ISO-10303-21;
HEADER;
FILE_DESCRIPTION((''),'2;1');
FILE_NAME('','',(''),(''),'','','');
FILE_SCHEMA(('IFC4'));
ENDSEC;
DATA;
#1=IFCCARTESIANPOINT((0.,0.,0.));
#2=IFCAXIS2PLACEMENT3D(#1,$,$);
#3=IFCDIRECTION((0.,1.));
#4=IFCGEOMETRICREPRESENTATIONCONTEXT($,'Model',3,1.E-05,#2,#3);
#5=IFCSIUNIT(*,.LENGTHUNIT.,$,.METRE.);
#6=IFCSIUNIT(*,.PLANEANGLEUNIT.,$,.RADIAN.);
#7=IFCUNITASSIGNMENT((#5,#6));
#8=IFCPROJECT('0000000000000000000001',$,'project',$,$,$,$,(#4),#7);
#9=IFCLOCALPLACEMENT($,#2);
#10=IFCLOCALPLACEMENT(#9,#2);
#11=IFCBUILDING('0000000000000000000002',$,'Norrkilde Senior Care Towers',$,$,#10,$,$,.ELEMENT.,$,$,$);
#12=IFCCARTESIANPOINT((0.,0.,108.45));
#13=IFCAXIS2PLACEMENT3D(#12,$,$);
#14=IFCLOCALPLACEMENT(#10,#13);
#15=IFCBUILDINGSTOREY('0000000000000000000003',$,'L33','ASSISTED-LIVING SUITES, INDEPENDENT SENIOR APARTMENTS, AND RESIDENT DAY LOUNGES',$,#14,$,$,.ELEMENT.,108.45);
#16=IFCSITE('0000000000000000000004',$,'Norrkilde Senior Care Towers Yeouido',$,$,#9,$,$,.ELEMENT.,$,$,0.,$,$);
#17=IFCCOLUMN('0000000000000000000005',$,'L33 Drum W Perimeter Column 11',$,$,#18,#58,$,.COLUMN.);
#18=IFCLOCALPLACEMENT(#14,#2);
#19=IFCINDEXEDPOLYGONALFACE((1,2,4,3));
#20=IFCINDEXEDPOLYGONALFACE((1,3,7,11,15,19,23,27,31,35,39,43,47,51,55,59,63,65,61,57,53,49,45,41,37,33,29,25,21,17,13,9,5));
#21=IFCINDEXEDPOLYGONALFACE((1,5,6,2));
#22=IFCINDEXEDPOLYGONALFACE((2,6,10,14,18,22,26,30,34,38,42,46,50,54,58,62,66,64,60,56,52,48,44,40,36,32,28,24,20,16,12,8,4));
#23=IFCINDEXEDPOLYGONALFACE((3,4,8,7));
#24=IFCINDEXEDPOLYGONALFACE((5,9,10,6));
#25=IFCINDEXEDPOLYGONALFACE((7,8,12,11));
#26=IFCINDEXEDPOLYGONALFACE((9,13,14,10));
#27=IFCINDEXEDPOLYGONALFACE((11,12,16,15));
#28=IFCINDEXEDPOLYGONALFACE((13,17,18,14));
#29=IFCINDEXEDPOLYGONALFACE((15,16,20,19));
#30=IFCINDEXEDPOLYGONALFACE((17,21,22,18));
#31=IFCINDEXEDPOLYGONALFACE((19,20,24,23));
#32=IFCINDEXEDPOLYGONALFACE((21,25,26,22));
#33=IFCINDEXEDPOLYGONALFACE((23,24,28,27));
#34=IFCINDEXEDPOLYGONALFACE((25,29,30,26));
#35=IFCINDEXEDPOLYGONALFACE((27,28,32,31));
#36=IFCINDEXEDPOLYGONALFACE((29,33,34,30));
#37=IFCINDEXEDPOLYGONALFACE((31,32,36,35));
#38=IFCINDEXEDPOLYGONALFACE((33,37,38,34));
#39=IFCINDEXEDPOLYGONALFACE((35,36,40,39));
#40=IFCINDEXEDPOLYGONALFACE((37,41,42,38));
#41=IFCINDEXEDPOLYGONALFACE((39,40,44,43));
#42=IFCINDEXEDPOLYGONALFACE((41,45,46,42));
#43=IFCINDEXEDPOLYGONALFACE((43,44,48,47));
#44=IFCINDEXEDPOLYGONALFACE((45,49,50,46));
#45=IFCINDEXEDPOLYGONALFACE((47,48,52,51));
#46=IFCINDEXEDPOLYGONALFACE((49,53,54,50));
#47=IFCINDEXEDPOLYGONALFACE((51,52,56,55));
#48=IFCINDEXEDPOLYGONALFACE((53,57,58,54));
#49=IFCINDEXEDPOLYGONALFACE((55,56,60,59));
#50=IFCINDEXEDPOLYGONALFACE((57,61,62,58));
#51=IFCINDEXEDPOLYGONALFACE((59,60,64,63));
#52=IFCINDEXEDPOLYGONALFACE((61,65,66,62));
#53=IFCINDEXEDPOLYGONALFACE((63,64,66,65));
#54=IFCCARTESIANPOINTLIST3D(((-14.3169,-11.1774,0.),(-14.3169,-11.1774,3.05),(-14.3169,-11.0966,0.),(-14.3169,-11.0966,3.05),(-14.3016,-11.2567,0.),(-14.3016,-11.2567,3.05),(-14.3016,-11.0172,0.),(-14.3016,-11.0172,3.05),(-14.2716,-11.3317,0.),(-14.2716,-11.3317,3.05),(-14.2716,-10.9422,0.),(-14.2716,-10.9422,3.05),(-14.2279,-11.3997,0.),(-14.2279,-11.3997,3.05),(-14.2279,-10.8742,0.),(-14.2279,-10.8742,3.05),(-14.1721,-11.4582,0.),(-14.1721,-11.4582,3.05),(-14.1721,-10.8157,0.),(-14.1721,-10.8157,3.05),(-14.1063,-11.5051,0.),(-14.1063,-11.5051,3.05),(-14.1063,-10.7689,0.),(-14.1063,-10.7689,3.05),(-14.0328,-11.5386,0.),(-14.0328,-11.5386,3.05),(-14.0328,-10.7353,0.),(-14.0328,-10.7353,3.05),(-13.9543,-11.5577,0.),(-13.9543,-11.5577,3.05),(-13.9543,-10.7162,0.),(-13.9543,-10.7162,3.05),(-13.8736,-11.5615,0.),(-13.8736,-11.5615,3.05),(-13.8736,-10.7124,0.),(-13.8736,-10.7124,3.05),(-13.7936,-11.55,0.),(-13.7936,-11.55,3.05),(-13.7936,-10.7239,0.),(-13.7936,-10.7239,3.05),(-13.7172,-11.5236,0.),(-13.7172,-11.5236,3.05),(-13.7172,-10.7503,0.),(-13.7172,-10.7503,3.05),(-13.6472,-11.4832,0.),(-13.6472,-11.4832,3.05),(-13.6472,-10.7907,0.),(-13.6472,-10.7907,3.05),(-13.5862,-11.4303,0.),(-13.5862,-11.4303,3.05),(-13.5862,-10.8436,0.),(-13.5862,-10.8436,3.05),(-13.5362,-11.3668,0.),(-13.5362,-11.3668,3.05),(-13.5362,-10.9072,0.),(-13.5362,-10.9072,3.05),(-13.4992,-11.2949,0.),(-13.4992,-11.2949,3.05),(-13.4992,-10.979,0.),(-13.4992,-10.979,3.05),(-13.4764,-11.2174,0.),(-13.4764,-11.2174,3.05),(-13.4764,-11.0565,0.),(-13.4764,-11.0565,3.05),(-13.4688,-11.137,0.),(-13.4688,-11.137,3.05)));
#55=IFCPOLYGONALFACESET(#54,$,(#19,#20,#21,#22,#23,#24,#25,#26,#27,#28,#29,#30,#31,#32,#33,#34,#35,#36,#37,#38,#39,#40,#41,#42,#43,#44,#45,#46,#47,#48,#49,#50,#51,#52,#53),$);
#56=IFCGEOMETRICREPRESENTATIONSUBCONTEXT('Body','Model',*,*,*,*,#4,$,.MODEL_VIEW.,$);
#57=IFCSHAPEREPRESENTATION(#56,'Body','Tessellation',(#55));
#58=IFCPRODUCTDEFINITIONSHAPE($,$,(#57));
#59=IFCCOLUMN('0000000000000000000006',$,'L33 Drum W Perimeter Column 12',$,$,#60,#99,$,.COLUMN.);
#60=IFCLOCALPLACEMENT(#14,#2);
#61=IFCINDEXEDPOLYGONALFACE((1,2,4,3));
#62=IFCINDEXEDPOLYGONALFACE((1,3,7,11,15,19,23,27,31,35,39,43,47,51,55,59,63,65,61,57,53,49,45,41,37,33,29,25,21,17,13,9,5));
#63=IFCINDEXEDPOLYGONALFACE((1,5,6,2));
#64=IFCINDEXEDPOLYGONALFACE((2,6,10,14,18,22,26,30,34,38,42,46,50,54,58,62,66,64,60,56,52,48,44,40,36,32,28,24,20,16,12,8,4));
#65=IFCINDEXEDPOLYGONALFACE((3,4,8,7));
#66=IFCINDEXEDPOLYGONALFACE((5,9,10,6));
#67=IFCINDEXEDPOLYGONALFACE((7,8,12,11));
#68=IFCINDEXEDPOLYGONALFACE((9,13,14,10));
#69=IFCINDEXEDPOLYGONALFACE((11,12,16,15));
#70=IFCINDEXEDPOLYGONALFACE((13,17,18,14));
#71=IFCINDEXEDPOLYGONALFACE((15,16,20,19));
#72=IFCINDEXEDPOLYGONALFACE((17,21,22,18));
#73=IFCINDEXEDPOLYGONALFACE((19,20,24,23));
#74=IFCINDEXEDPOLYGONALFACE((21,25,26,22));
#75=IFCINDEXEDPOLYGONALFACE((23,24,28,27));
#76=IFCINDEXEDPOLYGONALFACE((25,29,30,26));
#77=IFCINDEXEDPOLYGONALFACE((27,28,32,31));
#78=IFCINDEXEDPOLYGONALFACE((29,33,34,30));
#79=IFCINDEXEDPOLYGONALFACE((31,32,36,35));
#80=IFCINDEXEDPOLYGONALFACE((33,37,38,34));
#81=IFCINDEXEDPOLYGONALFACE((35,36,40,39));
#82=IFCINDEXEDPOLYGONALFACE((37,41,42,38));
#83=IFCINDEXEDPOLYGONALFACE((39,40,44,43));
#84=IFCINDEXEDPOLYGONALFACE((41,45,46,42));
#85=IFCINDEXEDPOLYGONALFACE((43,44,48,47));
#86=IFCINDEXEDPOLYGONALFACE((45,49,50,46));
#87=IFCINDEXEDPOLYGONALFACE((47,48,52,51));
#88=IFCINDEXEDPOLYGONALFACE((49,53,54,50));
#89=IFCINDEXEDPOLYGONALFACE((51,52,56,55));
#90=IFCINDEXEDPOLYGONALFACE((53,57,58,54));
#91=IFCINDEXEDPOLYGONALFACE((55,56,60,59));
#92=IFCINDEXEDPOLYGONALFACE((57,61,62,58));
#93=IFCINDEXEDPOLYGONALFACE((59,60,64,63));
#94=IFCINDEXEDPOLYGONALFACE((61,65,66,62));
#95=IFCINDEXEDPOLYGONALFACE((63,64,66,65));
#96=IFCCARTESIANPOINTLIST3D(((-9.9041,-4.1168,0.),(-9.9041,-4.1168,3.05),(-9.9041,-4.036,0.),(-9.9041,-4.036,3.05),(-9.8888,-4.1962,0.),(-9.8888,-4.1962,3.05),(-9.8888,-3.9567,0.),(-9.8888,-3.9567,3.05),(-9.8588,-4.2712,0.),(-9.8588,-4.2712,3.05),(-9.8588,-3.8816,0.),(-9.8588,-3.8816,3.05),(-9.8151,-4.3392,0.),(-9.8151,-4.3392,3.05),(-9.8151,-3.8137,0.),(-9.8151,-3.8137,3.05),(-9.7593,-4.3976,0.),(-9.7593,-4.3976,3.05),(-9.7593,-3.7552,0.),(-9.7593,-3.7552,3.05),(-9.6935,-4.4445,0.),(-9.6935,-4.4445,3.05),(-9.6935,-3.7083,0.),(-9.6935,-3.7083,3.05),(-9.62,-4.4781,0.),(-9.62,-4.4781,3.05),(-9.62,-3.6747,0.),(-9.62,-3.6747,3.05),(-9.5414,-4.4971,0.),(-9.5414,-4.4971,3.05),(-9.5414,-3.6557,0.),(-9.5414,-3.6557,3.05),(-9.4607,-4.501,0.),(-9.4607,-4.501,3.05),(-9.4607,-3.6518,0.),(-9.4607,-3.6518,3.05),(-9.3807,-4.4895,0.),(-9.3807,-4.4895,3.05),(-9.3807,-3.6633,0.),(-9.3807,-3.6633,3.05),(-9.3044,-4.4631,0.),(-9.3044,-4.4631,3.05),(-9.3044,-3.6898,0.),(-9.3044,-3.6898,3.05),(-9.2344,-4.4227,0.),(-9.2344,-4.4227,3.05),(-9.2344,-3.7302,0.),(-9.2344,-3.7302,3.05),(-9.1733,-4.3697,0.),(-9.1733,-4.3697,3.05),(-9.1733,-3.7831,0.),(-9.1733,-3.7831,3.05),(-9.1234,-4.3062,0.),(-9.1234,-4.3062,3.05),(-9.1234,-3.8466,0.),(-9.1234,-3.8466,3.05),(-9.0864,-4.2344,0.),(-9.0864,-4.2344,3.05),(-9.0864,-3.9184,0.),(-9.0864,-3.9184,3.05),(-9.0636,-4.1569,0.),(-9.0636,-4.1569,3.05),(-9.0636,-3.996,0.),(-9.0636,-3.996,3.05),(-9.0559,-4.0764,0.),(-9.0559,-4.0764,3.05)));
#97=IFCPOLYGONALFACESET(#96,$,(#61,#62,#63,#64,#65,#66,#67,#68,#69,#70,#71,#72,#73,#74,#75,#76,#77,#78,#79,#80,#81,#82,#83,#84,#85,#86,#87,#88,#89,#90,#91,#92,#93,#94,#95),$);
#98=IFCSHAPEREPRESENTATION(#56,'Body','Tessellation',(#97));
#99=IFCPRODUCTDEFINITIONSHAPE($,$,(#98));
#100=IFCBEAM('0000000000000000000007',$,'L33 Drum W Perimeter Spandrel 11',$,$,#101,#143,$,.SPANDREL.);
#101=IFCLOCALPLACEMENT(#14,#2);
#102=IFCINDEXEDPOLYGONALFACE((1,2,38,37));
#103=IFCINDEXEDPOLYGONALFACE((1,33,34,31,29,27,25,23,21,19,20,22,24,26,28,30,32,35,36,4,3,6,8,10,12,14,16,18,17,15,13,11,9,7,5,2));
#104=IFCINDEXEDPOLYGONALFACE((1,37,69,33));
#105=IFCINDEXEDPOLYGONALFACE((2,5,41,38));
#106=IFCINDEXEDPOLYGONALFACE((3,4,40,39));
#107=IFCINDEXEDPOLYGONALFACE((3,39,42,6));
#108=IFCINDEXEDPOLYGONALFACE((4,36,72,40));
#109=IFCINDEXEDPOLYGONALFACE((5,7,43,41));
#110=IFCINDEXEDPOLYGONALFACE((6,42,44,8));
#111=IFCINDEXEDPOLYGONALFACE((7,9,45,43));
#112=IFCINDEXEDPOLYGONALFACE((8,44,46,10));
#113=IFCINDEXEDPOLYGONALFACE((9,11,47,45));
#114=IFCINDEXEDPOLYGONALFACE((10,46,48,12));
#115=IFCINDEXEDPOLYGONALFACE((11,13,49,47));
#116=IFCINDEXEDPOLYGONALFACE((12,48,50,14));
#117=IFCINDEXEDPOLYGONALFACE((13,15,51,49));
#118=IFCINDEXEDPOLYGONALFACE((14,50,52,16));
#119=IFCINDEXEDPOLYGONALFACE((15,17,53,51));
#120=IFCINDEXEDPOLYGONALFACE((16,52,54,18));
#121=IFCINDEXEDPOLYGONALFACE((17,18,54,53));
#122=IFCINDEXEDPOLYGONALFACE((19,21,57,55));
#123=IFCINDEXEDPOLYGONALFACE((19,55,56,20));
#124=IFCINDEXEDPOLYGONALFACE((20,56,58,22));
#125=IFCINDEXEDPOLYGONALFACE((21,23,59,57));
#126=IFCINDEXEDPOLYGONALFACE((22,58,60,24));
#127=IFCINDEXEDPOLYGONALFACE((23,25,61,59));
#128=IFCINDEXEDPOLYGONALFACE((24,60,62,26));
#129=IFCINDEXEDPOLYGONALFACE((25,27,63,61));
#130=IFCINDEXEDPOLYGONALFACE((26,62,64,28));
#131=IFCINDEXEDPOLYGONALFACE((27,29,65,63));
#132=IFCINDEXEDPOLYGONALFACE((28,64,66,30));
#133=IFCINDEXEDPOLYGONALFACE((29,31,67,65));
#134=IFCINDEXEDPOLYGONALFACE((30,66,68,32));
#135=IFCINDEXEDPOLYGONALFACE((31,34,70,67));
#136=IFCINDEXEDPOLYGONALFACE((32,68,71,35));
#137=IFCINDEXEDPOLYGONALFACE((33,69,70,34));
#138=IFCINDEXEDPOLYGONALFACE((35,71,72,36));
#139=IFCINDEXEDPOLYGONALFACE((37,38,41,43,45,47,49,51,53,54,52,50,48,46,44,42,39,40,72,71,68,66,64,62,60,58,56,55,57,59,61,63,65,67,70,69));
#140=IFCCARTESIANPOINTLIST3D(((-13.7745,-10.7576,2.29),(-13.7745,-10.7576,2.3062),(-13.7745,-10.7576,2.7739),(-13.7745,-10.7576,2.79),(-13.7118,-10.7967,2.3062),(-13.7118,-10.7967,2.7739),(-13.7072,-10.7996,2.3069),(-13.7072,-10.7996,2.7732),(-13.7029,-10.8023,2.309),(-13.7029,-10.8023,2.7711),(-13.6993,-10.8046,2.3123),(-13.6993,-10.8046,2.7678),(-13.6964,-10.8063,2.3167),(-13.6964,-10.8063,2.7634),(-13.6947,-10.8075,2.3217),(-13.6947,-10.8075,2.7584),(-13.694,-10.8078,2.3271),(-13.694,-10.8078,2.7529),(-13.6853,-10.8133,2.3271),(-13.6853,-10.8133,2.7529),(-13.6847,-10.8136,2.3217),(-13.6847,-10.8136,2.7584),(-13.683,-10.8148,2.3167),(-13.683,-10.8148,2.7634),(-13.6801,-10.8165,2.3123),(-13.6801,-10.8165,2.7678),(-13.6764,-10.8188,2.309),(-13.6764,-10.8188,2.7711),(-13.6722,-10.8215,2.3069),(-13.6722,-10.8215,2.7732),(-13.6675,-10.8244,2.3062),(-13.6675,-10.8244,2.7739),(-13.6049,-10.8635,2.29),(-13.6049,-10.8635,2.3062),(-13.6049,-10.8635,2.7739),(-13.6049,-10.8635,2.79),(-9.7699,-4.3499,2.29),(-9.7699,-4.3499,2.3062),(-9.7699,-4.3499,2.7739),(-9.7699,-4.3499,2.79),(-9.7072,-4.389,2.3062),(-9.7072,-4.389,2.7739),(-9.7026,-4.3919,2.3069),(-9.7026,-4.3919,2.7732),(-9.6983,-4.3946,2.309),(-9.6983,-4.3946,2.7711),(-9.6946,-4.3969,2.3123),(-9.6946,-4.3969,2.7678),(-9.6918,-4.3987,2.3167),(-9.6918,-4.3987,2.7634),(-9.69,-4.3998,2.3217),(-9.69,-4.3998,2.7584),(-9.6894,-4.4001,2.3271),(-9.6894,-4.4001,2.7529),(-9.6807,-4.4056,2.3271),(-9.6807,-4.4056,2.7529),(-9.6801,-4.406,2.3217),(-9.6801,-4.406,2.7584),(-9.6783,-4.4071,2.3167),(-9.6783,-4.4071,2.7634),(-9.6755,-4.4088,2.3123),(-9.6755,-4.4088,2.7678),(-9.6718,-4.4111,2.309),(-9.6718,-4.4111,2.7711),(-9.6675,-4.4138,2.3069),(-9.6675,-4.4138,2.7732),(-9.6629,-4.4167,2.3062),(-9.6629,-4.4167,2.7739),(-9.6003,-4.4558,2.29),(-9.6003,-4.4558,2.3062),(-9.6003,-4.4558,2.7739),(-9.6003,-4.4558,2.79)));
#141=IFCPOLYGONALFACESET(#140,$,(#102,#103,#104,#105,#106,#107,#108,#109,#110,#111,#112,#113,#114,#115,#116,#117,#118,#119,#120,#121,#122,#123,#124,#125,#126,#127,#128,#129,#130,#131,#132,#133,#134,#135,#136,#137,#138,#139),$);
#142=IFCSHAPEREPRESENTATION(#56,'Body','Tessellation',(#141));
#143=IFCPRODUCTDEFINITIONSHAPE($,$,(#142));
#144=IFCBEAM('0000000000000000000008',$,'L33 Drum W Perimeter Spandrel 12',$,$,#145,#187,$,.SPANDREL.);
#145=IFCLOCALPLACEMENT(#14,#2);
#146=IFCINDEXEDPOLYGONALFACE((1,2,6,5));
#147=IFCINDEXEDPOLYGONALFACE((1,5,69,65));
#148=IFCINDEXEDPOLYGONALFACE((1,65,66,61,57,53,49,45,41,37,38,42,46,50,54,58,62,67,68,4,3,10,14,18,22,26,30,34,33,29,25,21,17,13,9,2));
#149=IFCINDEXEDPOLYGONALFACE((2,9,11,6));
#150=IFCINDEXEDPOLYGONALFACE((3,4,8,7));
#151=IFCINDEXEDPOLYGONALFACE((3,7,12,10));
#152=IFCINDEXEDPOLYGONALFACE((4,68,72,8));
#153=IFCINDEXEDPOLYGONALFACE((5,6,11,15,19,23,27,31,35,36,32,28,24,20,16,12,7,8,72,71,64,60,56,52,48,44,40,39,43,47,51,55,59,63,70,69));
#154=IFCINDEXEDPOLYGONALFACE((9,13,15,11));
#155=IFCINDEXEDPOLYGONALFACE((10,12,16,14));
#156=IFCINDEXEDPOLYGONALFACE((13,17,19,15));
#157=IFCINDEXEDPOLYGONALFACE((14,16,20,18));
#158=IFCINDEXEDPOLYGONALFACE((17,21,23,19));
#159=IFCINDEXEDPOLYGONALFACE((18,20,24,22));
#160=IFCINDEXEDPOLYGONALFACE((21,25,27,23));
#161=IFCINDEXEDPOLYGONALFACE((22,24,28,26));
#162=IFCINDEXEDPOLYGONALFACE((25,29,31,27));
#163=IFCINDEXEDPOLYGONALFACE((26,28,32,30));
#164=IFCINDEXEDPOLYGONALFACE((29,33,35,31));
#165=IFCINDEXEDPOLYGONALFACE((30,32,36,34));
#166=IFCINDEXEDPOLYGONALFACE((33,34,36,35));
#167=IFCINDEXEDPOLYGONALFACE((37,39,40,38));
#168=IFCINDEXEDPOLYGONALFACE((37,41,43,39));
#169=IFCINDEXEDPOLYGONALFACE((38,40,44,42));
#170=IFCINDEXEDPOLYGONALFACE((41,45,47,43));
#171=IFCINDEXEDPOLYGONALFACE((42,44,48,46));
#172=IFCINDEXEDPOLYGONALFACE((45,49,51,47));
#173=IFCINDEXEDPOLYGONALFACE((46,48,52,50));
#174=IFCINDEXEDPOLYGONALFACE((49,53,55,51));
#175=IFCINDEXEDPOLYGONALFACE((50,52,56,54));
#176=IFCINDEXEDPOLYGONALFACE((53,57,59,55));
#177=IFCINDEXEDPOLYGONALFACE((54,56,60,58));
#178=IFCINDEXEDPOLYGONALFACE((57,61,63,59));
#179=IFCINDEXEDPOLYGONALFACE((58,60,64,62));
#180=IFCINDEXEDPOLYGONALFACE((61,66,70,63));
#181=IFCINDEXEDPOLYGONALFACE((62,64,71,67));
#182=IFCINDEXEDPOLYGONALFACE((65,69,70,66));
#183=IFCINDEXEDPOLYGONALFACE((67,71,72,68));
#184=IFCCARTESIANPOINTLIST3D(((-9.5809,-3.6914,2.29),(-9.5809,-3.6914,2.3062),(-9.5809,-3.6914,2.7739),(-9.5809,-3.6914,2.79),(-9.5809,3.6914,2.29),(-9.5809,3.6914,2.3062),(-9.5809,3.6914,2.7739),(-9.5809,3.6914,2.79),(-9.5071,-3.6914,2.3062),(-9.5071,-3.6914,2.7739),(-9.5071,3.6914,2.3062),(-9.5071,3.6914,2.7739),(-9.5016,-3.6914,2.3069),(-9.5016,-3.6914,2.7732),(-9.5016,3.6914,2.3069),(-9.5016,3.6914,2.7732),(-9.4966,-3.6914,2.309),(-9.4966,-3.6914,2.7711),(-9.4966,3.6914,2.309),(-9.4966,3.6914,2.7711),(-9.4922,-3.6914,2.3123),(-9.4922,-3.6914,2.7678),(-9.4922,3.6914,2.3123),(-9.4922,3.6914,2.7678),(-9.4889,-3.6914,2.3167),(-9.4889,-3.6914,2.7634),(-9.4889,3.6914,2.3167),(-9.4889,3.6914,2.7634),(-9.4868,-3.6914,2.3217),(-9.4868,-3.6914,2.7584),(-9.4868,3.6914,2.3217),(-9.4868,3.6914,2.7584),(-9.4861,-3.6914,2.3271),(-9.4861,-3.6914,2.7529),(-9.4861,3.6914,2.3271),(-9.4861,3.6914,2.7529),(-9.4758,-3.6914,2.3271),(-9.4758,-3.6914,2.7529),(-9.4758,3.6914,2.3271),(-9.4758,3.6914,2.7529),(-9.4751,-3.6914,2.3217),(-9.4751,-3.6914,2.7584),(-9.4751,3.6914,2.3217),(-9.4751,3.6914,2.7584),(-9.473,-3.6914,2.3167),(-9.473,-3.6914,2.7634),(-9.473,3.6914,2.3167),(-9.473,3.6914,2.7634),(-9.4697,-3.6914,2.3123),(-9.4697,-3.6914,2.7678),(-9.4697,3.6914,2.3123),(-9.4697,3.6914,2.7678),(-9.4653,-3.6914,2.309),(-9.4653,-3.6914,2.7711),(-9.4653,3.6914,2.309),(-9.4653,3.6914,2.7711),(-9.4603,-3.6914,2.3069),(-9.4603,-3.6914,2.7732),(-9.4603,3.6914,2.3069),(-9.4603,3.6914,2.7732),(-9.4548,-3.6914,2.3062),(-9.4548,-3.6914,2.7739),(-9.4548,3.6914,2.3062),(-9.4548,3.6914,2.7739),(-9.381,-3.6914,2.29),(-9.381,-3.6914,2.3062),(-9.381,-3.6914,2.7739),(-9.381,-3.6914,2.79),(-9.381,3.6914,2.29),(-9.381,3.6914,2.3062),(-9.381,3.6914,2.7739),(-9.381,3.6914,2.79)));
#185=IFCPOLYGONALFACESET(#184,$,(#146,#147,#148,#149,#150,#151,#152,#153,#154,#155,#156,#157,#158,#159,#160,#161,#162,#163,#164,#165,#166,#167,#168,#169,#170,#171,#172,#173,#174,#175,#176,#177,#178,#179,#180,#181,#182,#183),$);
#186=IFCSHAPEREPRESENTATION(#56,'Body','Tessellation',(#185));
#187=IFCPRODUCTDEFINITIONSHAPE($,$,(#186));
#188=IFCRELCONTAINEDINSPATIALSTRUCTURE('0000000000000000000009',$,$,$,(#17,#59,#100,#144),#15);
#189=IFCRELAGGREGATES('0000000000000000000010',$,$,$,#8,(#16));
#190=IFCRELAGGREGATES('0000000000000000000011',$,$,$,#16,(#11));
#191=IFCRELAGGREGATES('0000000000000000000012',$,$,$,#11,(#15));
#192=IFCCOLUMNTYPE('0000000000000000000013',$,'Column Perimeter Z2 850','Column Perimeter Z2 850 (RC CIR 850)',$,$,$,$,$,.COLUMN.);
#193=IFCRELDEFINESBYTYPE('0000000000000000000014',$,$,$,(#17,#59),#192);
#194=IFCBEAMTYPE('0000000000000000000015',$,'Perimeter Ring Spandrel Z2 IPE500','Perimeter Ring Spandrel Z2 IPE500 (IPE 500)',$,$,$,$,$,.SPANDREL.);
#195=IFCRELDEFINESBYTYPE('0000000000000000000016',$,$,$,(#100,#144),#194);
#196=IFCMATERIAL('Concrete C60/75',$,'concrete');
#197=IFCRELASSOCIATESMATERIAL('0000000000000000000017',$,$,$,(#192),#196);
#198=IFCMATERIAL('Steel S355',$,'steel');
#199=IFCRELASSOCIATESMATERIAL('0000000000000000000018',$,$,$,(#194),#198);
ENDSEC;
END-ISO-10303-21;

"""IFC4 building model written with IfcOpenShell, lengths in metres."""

from ifc_helpers import new_model, si_unit, direction, frame, origin, origin_2d, place, context, subcontext, project, spatial, circle, i_section, extrude, source, transform, mapped, material, material_profile, profile_set, type_object, type_shapes, element, save


model = new_model("IFC4")

# Units and contexts
model_context = context("Model", 3, precision=1e-05, world=origin(), true_north=direction((0.0, 1.0)))
body_context = subcontext(model_context, "Body", "Model", "MODEL_VIEW")
ifc_project = project(units=[si_unit("LENGTHUNIT", "METRE"), si_unit("PLANEANGLEUNIT", "RADIAN")], contexts=[model_context])

# Site, building, storey
site_placement = place(None, origin())
site = spatial("IfcSite", under=ifc_project, at=site_placement, Name="Norrkilde Senior Care Towers Yeouido", CompositionType="ELEMENT", RefElevation=0.0)
building_placement = place(site_placement, origin())
building = spatial("IfcBuilding", under=site, at=building_placement, Name="Norrkilde Senior Care Towers", CompositionType="ELEMENT")
storey_placement = place(building_placement, frame((0.0, 0.0, 108.45)))
storey = spatial("IfcBuildingStorey", under=building, at=storey_placement, Name="L33", Description="ASSISTED-LIVING SUITES, INDEPENDENT SENIOR APARTMENTS, AND RESIDENT DAY LOUNGES", CompositionType="ELEMENT", Elevation=108.45)

# Columns
ifc_material_1 = material(Name="Concrete C60/75", Category="concrete")
ifc_material_profile_1 = material_profile(ifc_material_1, circle(Radius=0.425, at=origin_2d()), Name="RC CIR 850")
ifc_profile_set_1 = profile_set([ifc_material_profile_1], Name="Concrete C60/75")
column_type = type_object("IfcColumnType", Name="Column Perimeter Z2 850", Description="Column Perimeter Z2 850 (RC CIR 850)", PredefinedType="COLUMN", material=ifc_profile_set_1)
shared_shape_1 = source(origin(), body_context, "Body", "SweptSolid", [
    extrude(circle(Radius=0.425, at=origin_2d()), origin(), (0.0, 0.0, 1.0), 3.05),
])
type_shapes(column_type, [shared_shape_1])
for number, where, z_axis, x_axis, name in (
    (1, (-13.8938, -11.137, 0.0), (0.0, 0.0, 1.0), (1.0, 0.0, 0.0), "L33 Drum W Perimeter Column 11"),
    (2, (-9.481, -4.0764, 0.0), (0.0, 0.0, 1.0), (1.0, 0.0, 0.0), "L33 Drum W Perimeter Column 12"),
):
    element("IfcColumn", number, at=place(storey_placement, frame(where, z_axis=z_axis, x_axis=x_axis)), inside=storey, type_object=column_type, Name=name, PredefinedType="COLUMN", context=body_context, shape_type="MappedRepresentation", body=[
        mapped(shared_shape_1, transform((0.0, 0.0, 0.0), x_axis=(1.0, 0.0, 0.0), y_axis=(0.0, 1.0, 0.0), z_axis=(0.0, 0.0, 1.0), scale=1.0)),
    ])

# Beams
ifc_material_2 = material(Name="Steel S355", Category="steel")
ifc_material_profile_2 = material_profile(ifc_material_2, i_section(OverallWidth=0.2, OverallDepth=0.5, WebThickness=0.0103, FlangeThickness=0.0161, FilletRadius=0.021, at=origin_2d()), Name="IPE 500")
ifc_profile_set_2 = profile_set([ifc_material_profile_2], Name="Steel S355")
beam_type_1 = type_object("IfcBeamType", Name="Perimeter Ring Spandrel Z2 IPE500", Description="Perimeter Ring Spandrel Z2 IPE500 (IPE 500)", PredefinedType="SPANDREL", material=ifc_profile_set_2)
shared_shape_2 = source(origin(), body_context, "Body", "SweptSolid", [
    extrude(i_section(OverallWidth=0.2, OverallDepth=0.5, WebThickness=0.0103, FlangeThickness=0.0161, FilletRadius=0.021, at=origin_2d()), origin(), (0.0, 0.0, 1.0), 7.5562),
])
beam_1_placement = place(storey_placement, frame((-13.6897, -10.8105, 2.54), z_axis=(0.529982, 0.848009, 0.0), x_axis=(-0.848009, 0.529982, 0.0)))
element("IfcBeam", 3, at=beam_1_placement, inside=storey, type_object=beam_type_1, Name="L33 Drum W Perimeter Spandrel 11", PredefinedType="SPANDREL", context=body_context, shape_type="MappedRepresentation", body=[
    mapped(shared_shape_2, transform((0.0, 0.0, 0.0), x_axis=(1.0, 0.0, 0.0), y_axis=(0.0, 1.0, 0.0), z_axis=(0.0, 0.0, 1.0), scale=1.0)),
])
shared_shape_3 = source(origin(), body_context, "Body", "SweptSolid", [
    extrude(i_section(OverallWidth=0.2, OverallDepth=0.5, WebThickness=0.0103, FlangeThickness=0.0161, FilletRadius=0.021, at=origin_2d()), origin(), (0.0, 0.0, 1.0), 7.3828),
])
type_shapes(beam_type_1, [shared_shape_2, shared_shape_3])
beam_2_placement = place(storey_placement, frame((-9.481, -3.6914, 2.54), z_axis=(0.0, 1.0, 0.0), x_axis=(-1.0, 0.0, 0.0)))
element("IfcBeam", 4, at=beam_2_placement, inside=storey, type_object=beam_type_1, Name="L33 Drum W Perimeter Spandrel 12", PredefinedType="SPANDREL", context=body_context, shape_type="MappedRepresentation", body=[
    mapped(shared_shape_3, transform((0.0, 0.0, 0.0), x_axis=(1.0, 0.0, 0.0), y_axis=(0.0, 1.0, 0.0), z_axis=(0.0, 0.0, 1.0), scale=1.0)),
])

save(model, "model.ifc")
